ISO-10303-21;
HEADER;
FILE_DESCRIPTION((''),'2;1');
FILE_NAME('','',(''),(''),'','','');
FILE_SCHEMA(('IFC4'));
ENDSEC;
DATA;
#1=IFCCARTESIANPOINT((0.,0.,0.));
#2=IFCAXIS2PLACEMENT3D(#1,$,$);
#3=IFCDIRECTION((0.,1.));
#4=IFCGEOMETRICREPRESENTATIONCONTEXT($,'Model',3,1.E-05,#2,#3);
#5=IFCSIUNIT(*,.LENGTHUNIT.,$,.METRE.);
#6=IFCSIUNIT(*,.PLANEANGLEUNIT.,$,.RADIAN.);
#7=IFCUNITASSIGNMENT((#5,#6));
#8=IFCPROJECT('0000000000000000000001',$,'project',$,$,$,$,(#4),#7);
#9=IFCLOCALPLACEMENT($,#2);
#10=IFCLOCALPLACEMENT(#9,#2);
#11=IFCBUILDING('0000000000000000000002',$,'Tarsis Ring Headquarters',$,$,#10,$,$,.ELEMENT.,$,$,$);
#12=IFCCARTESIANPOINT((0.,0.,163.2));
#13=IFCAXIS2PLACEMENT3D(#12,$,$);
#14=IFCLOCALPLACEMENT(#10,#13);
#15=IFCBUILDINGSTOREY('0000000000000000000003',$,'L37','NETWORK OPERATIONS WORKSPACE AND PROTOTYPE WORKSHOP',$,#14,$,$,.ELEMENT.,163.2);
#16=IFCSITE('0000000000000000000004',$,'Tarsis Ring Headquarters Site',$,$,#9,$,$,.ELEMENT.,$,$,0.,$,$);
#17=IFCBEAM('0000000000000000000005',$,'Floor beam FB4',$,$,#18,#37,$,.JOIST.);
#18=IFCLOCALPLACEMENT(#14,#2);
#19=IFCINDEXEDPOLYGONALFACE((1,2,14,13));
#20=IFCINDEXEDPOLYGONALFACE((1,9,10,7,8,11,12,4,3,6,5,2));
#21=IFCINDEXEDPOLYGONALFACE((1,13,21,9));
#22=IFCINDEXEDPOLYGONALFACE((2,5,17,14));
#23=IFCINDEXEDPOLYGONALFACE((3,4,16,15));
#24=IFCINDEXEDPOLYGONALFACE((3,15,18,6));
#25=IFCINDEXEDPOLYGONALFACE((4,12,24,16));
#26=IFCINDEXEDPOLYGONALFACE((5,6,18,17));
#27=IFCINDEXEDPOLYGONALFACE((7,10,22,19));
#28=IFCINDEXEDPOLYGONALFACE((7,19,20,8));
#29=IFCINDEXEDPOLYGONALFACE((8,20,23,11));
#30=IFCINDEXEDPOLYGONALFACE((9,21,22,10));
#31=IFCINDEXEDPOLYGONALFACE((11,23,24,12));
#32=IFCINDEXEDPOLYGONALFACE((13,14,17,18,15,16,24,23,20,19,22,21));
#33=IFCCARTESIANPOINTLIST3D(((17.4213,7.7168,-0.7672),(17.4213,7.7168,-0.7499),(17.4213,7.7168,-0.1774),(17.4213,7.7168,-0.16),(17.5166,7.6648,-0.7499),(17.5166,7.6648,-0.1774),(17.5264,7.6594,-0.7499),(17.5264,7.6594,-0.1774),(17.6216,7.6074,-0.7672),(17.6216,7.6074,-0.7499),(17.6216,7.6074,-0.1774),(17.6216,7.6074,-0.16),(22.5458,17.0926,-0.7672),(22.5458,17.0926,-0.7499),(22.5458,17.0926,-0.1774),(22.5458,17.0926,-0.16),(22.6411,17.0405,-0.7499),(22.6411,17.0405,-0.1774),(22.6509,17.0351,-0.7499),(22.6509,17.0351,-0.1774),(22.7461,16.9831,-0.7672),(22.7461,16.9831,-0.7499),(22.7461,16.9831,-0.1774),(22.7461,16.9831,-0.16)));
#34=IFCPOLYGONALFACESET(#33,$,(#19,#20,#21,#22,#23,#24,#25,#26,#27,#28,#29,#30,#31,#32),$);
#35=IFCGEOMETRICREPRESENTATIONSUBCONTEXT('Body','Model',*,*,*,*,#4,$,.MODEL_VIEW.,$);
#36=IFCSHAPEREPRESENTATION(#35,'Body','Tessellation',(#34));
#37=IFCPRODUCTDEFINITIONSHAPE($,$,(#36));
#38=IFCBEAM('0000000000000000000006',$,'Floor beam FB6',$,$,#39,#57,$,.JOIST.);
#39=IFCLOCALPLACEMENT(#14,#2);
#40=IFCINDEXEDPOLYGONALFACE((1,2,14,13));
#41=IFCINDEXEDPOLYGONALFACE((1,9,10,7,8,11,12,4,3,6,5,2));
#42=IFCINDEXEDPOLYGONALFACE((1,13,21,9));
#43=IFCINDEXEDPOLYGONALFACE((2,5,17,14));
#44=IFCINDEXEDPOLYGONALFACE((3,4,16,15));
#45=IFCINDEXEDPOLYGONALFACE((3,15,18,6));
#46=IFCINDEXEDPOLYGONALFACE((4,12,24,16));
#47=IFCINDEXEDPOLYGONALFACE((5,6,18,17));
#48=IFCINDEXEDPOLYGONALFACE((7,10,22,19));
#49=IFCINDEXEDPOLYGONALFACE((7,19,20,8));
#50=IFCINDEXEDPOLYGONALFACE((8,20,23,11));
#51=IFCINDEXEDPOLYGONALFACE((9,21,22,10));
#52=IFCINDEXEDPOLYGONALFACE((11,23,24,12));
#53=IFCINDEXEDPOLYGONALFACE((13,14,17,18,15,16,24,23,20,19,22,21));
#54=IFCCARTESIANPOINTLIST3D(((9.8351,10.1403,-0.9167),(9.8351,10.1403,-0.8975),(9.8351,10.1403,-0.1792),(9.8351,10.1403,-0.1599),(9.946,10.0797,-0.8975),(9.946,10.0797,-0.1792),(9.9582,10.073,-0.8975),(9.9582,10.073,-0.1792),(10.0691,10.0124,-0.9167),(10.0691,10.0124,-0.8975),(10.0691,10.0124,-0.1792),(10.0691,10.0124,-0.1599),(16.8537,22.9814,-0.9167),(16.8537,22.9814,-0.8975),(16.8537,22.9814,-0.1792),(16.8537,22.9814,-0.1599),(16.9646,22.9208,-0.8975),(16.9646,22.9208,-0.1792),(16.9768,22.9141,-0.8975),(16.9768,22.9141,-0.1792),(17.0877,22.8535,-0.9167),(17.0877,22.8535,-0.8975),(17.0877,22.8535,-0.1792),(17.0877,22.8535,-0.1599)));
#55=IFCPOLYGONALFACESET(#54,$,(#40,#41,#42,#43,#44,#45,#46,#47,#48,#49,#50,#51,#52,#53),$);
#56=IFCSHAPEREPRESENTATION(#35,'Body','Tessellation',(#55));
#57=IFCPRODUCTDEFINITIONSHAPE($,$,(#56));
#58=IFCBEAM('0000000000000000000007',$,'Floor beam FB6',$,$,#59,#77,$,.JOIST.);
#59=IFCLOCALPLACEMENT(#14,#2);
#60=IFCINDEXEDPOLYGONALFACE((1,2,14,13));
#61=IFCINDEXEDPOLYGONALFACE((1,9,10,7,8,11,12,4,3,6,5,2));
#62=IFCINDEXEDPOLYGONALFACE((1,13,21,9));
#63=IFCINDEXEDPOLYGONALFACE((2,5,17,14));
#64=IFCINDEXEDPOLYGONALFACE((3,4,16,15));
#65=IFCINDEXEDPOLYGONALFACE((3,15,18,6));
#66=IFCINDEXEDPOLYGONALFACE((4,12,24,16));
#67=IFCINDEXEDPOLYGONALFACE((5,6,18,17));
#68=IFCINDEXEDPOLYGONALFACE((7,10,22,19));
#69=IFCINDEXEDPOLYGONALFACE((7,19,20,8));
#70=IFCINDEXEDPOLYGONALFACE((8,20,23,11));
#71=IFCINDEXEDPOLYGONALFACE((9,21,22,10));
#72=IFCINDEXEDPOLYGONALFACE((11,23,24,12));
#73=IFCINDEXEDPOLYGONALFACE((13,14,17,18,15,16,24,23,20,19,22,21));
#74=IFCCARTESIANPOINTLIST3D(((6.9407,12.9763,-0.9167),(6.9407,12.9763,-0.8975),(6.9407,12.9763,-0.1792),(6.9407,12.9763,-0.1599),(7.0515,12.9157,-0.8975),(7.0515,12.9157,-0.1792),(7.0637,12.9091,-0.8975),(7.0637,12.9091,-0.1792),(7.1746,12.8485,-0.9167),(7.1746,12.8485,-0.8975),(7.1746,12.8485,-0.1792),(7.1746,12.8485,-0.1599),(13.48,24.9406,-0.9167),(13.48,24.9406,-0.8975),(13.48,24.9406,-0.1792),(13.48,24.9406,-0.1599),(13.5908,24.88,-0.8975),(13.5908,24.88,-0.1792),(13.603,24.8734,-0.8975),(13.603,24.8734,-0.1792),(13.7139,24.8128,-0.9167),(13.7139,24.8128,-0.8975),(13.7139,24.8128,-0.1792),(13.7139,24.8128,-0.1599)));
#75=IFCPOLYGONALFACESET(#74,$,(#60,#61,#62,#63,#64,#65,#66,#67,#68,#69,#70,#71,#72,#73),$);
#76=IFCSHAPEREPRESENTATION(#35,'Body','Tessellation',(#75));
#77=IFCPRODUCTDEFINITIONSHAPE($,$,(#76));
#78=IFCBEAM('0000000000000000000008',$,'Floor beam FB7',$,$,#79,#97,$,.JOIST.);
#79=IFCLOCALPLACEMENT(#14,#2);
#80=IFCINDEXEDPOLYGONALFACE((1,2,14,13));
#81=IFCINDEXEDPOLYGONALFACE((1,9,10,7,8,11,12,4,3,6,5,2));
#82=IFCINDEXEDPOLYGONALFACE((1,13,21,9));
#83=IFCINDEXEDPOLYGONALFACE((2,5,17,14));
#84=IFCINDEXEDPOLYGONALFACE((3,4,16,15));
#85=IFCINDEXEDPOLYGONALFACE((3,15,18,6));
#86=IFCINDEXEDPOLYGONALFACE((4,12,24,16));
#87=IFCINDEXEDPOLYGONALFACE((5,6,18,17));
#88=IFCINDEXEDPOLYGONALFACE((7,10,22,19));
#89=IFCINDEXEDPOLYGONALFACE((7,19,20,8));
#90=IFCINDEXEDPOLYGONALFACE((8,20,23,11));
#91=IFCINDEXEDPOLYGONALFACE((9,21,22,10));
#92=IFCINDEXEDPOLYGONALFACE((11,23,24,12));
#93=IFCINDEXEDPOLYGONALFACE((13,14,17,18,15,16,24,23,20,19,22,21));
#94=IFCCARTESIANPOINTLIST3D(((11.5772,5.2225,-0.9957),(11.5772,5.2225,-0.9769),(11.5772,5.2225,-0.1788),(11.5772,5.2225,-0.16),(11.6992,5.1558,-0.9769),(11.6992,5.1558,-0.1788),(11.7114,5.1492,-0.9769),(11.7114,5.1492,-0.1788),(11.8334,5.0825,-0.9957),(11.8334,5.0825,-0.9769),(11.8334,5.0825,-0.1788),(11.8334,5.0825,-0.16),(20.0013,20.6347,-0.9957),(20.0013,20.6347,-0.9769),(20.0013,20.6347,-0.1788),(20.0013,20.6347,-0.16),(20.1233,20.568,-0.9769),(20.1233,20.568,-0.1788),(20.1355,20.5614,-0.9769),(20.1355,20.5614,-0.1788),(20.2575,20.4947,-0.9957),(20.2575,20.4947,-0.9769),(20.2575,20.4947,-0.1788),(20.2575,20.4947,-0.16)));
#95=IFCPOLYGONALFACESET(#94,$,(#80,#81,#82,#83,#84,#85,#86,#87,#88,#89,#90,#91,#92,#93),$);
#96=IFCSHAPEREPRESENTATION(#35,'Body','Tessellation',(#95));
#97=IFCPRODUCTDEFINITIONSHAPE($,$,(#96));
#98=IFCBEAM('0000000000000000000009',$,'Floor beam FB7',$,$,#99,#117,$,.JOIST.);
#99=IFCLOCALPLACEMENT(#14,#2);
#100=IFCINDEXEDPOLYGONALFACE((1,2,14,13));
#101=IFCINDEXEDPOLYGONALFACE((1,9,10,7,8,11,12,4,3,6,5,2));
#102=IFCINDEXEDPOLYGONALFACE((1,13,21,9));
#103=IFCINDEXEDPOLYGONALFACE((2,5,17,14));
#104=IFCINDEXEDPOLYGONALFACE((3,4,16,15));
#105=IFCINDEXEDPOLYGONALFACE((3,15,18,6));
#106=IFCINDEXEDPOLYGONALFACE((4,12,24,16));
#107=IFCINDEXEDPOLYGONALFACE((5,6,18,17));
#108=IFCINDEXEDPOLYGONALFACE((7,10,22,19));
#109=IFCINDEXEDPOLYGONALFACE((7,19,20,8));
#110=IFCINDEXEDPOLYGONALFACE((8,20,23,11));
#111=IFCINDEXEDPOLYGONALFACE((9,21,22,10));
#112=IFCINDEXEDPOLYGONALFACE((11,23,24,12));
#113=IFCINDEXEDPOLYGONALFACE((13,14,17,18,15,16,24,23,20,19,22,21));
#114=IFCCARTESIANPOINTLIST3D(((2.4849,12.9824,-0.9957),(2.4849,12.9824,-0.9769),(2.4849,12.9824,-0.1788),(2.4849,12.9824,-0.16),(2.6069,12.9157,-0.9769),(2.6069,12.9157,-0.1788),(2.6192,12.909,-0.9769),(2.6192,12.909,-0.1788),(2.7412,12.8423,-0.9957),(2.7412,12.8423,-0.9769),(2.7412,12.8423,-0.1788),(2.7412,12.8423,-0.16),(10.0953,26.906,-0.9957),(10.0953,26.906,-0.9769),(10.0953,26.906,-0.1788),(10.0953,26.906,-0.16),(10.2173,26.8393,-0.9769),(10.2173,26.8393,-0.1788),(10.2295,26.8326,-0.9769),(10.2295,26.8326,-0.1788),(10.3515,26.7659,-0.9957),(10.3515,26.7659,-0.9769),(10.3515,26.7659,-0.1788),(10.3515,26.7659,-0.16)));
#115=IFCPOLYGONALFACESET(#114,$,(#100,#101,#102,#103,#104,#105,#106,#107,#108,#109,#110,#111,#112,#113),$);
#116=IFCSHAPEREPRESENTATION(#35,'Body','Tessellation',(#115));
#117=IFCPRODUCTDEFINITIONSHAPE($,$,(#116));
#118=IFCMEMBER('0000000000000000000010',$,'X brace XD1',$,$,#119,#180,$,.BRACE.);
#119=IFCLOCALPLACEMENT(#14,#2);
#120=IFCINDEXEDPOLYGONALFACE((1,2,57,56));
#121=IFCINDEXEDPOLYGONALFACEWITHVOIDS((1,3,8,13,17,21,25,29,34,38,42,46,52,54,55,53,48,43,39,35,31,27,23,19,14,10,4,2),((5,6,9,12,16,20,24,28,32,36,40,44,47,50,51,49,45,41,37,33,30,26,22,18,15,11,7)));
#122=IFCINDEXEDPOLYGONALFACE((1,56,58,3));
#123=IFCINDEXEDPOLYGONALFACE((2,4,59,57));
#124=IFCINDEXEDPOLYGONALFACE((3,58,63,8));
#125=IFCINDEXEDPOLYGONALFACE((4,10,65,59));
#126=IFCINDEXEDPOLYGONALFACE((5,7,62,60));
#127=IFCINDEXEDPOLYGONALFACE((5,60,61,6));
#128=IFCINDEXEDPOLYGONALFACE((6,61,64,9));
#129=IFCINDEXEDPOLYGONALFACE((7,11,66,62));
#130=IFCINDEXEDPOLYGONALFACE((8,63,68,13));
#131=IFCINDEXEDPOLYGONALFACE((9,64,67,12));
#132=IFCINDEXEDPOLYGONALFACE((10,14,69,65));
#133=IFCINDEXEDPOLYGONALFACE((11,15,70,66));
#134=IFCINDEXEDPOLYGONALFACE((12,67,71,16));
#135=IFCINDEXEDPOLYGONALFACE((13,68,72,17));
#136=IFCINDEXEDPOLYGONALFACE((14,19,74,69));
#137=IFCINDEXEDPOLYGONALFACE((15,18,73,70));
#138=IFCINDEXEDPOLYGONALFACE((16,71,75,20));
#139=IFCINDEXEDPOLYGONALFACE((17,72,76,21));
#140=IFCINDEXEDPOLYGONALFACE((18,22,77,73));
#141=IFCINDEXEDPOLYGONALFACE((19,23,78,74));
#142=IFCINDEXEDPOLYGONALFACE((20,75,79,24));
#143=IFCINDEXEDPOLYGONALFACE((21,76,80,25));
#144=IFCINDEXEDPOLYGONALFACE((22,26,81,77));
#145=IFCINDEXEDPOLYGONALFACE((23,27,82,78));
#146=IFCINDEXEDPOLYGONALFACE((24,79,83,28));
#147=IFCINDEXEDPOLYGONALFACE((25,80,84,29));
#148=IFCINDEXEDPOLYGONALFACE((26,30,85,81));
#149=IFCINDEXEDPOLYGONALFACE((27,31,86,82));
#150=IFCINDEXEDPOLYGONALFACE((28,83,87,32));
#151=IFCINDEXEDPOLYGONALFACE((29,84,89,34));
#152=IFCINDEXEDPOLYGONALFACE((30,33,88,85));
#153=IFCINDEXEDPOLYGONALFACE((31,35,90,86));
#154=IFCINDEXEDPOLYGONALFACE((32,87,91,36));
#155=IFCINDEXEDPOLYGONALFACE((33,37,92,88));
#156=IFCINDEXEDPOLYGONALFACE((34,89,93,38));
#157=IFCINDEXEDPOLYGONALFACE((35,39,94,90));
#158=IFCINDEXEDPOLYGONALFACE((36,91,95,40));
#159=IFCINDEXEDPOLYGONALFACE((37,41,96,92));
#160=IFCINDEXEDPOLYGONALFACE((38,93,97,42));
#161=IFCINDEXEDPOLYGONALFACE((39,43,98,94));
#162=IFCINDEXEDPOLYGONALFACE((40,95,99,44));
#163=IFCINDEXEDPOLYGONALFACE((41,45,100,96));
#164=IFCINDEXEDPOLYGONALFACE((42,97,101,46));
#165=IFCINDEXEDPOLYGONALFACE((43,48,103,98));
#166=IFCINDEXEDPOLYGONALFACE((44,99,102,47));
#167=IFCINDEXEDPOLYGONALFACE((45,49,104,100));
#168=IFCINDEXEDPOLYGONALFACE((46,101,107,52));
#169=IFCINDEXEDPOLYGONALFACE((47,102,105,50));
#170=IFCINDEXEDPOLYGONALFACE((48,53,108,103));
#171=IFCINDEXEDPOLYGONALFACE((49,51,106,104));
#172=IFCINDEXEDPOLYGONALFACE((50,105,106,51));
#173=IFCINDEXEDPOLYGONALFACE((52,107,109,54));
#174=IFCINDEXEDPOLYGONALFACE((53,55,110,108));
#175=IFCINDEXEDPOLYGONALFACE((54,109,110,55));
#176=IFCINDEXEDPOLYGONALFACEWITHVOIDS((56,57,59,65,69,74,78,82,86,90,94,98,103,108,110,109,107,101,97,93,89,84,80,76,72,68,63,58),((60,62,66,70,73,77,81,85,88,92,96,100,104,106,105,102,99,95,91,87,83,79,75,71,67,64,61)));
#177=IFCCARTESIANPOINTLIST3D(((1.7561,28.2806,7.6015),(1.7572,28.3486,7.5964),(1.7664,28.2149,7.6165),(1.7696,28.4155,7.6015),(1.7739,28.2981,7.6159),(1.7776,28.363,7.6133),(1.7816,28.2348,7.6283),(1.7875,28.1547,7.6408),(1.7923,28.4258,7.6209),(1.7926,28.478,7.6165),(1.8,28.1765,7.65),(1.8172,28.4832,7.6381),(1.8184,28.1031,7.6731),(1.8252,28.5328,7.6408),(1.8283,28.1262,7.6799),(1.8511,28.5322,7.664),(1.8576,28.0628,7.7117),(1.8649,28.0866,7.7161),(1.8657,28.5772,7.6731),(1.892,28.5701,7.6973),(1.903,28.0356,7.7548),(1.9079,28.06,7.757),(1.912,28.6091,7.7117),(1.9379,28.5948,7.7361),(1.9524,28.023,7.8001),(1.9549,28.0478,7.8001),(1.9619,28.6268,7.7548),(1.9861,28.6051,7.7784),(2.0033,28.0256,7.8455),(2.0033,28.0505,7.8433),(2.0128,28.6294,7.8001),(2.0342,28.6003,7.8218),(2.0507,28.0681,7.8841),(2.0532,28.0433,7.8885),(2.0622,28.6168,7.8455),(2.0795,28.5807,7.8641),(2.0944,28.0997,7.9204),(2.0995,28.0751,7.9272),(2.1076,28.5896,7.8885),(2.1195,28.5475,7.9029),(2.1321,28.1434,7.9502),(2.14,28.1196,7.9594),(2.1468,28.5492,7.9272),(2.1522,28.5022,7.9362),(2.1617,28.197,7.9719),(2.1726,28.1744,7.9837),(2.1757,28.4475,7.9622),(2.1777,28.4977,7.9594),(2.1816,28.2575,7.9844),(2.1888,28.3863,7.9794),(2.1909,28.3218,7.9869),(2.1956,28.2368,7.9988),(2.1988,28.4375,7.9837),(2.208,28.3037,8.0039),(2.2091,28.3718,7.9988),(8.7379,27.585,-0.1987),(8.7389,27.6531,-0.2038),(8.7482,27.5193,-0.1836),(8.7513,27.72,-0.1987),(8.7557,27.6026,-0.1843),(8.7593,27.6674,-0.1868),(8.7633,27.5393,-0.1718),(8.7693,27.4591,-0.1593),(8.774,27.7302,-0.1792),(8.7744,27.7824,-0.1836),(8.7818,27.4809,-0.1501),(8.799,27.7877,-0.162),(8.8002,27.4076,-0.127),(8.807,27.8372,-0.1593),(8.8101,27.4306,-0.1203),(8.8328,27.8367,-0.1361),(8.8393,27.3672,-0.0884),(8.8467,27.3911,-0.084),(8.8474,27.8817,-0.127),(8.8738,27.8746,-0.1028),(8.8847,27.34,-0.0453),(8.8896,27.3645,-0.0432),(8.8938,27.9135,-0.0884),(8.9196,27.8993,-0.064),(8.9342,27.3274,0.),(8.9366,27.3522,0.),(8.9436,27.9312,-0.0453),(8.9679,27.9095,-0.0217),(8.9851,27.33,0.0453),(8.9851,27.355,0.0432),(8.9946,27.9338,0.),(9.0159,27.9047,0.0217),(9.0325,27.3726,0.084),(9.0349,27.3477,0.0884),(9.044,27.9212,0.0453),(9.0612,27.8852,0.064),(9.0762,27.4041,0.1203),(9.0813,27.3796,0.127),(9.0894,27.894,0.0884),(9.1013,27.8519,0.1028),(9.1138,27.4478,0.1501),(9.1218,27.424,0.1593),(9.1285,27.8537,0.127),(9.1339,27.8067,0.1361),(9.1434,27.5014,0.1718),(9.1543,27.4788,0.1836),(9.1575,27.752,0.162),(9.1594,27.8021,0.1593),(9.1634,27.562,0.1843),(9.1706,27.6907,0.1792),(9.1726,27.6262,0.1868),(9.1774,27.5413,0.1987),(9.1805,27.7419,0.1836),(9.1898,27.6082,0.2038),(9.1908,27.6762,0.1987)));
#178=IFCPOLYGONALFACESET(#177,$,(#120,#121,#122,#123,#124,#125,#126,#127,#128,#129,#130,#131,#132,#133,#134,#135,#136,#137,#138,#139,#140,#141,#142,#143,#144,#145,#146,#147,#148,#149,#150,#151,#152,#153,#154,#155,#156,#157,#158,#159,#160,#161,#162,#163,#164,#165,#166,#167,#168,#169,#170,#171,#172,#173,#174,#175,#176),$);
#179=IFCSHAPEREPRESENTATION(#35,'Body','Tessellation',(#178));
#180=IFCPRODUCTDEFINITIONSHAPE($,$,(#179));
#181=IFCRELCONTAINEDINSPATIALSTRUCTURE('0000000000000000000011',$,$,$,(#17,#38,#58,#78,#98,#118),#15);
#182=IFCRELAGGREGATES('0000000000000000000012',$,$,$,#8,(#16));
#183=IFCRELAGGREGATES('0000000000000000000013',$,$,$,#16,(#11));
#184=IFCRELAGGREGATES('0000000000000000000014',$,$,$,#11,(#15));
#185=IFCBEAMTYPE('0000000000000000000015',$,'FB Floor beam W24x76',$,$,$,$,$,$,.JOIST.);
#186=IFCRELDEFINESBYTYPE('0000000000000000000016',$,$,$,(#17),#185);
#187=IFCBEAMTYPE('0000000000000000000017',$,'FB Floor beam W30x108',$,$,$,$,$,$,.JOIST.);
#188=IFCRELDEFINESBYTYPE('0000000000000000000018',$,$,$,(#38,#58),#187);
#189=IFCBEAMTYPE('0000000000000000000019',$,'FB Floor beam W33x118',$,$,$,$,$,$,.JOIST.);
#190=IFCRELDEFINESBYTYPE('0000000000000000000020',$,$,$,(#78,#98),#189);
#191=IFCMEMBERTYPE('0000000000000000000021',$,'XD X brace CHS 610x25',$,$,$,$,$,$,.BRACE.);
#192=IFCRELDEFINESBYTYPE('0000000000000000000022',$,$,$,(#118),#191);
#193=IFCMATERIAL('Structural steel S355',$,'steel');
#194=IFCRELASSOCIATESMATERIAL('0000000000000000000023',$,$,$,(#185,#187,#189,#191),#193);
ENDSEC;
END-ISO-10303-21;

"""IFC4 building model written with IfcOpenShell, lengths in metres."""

from ifc_helpers import new_model, si_unit, direction, frame, origin, origin_2d, place, context, subcontext, project, spatial, hollow_circle, i_section, extrude, material, material_profile, profile_set, type_object, element, save


model = new_model("IFC4")

# Units and contexts
model_context = context("Model", 3, precision=1e-05, world=origin(), true_north=direction((0.0, 1.0)))
body_context = subcontext(model_context, "Body", "Model", "MODEL_VIEW")
ifc_project = project(units=[si_unit("LENGTHUNIT", "METRE"), si_unit("PLANEANGLEUNIT", "RADIAN")], contexts=[model_context])

# Site, building, storey
site_placement = place(None, origin())
site = spatial("IfcSite", under=ifc_project, at=site_placement, Name="Tarsis Ring Headquarters Site", CompositionType="ELEMENT", RefElevation=0.0)
building_placement = place(site_placement, origin())
building = spatial("IfcBuilding", under=site, at=building_placement, Name="Tarsis Ring Headquarters", CompositionType="ELEMENT")
storey_placement = place(building_placement, frame((0.0, 0.0, 163.2)))
storey = spatial("IfcBuildingStorey", under=building, at=storey_placement, Name="L37", Description="NETWORK OPERATIONS WORKSPACE AND PROTOTYPE WORKSHOP", CompositionType="ELEMENT", Elevation=163.2)

# Shared definitions
ifc_material_1 = material(Name="Structural steel S355", Category="steel")

# Beams
ifc_material_profile_1 = material_profile(ifc_material_1, i_section(OverallWidth=0.2283, OverallDepth=0.6072, WebThickness=0.0112, FlangeThickness=0.0173, at=origin_2d()), Name="W24x76")
ifc_profile_set_1 = profile_set([ifc_material_profile_1], Name="Structural steel S355")
beam_type_1 = type_object("IfcBeamType", Name="FB Floor beam W24x76", PredefinedType="JOIST", material=ifc_profile_set_1)
beam_1_placement = place(storey_placement, frame((22.646, 17.0378, -0.4636), z_axis=(-0.479608, -0.877483, 0.0), x_axis=(0.877483, -0.479608, 0.0)))
element("IfcBeam", 1, at=beam_1_placement, inside=storey, type_object=beam_type_1, Name="Floor beam FB4", PredefinedType="JOIST", context=body_context, shape_type="SweptSolid", body=[
    extrude(i_section(OverallWidth=0.2283, OverallDepth=0.6072, WebThickness=0.0112, FlangeThickness=0.0173, at=origin_2d()), origin(), (0.0, 0.0, 1.0), 10.6848),
])
ifc_material_profile_2 = material_profile(ifc_material_1, i_section(OverallWidth=0.2666, OverallDepth=0.7568, WebThickness=0.0139, FlangeThickness=0.0193, at=origin_2d()), Name="W30x108")
ifc_profile_set_2 = profile_set([ifc_material_profile_2], Name="Structural steel S355")
beam_type_2 = type_object("IfcBeamType", Name="FB Floor beam W30x108", PredefinedType="JOIST", material=ifc_profile_set_2)
beam_2_placement = place(storey_placement, frame((16.9707, 22.9175, -0.5383), z_axis=(-0.479607, -0.877483, 0.0), x_axis=(0.877483, -0.479607, 0.0)))
element("IfcBeam", 2, at=beam_2_placement, inside=storey, type_object=beam_type_2, Name="Floor beam FB6", PredefinedType="JOIST", context=body_context, shape_type="SweptSolid", body=[
    extrude(i_section(OverallWidth=0.2666, OverallDepth=0.7568, WebThickness=0.0139, FlangeThickness=0.0193, at=origin_2d()), origin(), (0.0, 0.0, 1.0), 14.634),
])
beam_3_placement = place(storey_placement, frame((13.5969, 24.8767, -0.5383), z_axis=(-0.479603, -0.877485, 0.0), x_axis=(0.877485, -0.479603, 0.0)))
element("IfcBeam", 3, at=beam_3_placement, inside=storey, type_object=beam_type_2, Name="Floor beam FB6", PredefinedType="JOIST", context=body_context, shape_type="SweptSolid", body=[
    extrude(i_section(OverallWidth=0.2666, OverallDepth=0.7568, WebThickness=0.0139, FlangeThickness=0.0193, at=origin_2d()), origin(), (0.0, 0.0, 1.0), 13.6348),
])
ifc_material_profile_3 = material_profile(ifc_material_1, i_section(OverallWidth=0.292, OverallDepth=0.8357, WebThickness=0.0139, FlangeThickness=0.0188, at=origin_2d()), Name="W33x118")
ifc_profile_set_3 = profile_set([ifc_material_profile_3], Name="Structural steel S355")
beam_type_3 = type_object("IfcBeamType", Name="FB Floor beam W33x118", PredefinedType="JOIST", material=ifc_profile_set_3)
beam_4_placement = place(storey_placement, frame((20.1294, 20.5647, -0.5779), z_axis=(-0.479618, -0.877477, 0.0), x_axis=(0.877477, -0.479618, 0.0)))
element("IfcBeam", 4, at=beam_4_placement, inside=storey, type_object=beam_type_3, Name="Floor beam FB7", PredefinedType="JOIST", context=body_context, shape_type="SweptSolid", body=[
    extrude(i_section(OverallWidth=0.292, OverallDepth=0.8357, WebThickness=0.0139, FlangeThickness=0.0188, at=origin_2d()), origin(), (0.0, 0.0, 1.0), 17.5642),
])
beam_5_placement = place(storey_placement, frame((10.2234, 26.8359, -0.5779), z_axis=(-0.479613, -0.87748, 0.0), x_axis=(0.87748, -0.479613, 0.0)))
element("IfcBeam", 5, at=beam_5_placement, inside=storey, type_object=beam_type_3, Name="Floor beam FB7", PredefinedType="JOIST", context=body_context, shape_type="SweptSolid", body=[
    extrude(i_section(OverallWidth=0.292, OverallDepth=0.8357, WebThickness=0.0139, FlangeThickness=0.0188, at=origin_2d()), origin(), (0.0, 0.0, 1.0), 15.8677),
])

# Member
ifc_material_profile_4 = material_profile(ifc_material_1, hollow_circle(Radius=0.3047, WallThickness=0.0249, at=origin_2d()), Name="CHS 610x25")
ifc_profile_set_4 = profile_set([ifc_material_profile_4], Name="Structural steel S355")
member_type = type_object("IfcMemberType", Name="XD X brace CHS 610x25", PredefinedType="BRACE", material=ifc_profile_set_4)
member_placement = place(storey_placement, frame((8.9644, 27.6306, 0.0), z_axis=(-0.665471, 0.066298, 0.743474), x_axis=(-0.099135, -0.995074, 0.0)))
element("IfcMember", 6, at=member_placement, inside=storey, type_object=member_type, Name="X brace XD1", PredefinedType="BRACE", context=body_context, shape_type="SweptSolid", body=[
    extrude(hollow_circle(Radius=0.3047, WallThickness=0.0249, at=origin_2d()), origin(), (0.0, 0.0, 1.0), 10.4915),
])

save(model, "model.ifc")
